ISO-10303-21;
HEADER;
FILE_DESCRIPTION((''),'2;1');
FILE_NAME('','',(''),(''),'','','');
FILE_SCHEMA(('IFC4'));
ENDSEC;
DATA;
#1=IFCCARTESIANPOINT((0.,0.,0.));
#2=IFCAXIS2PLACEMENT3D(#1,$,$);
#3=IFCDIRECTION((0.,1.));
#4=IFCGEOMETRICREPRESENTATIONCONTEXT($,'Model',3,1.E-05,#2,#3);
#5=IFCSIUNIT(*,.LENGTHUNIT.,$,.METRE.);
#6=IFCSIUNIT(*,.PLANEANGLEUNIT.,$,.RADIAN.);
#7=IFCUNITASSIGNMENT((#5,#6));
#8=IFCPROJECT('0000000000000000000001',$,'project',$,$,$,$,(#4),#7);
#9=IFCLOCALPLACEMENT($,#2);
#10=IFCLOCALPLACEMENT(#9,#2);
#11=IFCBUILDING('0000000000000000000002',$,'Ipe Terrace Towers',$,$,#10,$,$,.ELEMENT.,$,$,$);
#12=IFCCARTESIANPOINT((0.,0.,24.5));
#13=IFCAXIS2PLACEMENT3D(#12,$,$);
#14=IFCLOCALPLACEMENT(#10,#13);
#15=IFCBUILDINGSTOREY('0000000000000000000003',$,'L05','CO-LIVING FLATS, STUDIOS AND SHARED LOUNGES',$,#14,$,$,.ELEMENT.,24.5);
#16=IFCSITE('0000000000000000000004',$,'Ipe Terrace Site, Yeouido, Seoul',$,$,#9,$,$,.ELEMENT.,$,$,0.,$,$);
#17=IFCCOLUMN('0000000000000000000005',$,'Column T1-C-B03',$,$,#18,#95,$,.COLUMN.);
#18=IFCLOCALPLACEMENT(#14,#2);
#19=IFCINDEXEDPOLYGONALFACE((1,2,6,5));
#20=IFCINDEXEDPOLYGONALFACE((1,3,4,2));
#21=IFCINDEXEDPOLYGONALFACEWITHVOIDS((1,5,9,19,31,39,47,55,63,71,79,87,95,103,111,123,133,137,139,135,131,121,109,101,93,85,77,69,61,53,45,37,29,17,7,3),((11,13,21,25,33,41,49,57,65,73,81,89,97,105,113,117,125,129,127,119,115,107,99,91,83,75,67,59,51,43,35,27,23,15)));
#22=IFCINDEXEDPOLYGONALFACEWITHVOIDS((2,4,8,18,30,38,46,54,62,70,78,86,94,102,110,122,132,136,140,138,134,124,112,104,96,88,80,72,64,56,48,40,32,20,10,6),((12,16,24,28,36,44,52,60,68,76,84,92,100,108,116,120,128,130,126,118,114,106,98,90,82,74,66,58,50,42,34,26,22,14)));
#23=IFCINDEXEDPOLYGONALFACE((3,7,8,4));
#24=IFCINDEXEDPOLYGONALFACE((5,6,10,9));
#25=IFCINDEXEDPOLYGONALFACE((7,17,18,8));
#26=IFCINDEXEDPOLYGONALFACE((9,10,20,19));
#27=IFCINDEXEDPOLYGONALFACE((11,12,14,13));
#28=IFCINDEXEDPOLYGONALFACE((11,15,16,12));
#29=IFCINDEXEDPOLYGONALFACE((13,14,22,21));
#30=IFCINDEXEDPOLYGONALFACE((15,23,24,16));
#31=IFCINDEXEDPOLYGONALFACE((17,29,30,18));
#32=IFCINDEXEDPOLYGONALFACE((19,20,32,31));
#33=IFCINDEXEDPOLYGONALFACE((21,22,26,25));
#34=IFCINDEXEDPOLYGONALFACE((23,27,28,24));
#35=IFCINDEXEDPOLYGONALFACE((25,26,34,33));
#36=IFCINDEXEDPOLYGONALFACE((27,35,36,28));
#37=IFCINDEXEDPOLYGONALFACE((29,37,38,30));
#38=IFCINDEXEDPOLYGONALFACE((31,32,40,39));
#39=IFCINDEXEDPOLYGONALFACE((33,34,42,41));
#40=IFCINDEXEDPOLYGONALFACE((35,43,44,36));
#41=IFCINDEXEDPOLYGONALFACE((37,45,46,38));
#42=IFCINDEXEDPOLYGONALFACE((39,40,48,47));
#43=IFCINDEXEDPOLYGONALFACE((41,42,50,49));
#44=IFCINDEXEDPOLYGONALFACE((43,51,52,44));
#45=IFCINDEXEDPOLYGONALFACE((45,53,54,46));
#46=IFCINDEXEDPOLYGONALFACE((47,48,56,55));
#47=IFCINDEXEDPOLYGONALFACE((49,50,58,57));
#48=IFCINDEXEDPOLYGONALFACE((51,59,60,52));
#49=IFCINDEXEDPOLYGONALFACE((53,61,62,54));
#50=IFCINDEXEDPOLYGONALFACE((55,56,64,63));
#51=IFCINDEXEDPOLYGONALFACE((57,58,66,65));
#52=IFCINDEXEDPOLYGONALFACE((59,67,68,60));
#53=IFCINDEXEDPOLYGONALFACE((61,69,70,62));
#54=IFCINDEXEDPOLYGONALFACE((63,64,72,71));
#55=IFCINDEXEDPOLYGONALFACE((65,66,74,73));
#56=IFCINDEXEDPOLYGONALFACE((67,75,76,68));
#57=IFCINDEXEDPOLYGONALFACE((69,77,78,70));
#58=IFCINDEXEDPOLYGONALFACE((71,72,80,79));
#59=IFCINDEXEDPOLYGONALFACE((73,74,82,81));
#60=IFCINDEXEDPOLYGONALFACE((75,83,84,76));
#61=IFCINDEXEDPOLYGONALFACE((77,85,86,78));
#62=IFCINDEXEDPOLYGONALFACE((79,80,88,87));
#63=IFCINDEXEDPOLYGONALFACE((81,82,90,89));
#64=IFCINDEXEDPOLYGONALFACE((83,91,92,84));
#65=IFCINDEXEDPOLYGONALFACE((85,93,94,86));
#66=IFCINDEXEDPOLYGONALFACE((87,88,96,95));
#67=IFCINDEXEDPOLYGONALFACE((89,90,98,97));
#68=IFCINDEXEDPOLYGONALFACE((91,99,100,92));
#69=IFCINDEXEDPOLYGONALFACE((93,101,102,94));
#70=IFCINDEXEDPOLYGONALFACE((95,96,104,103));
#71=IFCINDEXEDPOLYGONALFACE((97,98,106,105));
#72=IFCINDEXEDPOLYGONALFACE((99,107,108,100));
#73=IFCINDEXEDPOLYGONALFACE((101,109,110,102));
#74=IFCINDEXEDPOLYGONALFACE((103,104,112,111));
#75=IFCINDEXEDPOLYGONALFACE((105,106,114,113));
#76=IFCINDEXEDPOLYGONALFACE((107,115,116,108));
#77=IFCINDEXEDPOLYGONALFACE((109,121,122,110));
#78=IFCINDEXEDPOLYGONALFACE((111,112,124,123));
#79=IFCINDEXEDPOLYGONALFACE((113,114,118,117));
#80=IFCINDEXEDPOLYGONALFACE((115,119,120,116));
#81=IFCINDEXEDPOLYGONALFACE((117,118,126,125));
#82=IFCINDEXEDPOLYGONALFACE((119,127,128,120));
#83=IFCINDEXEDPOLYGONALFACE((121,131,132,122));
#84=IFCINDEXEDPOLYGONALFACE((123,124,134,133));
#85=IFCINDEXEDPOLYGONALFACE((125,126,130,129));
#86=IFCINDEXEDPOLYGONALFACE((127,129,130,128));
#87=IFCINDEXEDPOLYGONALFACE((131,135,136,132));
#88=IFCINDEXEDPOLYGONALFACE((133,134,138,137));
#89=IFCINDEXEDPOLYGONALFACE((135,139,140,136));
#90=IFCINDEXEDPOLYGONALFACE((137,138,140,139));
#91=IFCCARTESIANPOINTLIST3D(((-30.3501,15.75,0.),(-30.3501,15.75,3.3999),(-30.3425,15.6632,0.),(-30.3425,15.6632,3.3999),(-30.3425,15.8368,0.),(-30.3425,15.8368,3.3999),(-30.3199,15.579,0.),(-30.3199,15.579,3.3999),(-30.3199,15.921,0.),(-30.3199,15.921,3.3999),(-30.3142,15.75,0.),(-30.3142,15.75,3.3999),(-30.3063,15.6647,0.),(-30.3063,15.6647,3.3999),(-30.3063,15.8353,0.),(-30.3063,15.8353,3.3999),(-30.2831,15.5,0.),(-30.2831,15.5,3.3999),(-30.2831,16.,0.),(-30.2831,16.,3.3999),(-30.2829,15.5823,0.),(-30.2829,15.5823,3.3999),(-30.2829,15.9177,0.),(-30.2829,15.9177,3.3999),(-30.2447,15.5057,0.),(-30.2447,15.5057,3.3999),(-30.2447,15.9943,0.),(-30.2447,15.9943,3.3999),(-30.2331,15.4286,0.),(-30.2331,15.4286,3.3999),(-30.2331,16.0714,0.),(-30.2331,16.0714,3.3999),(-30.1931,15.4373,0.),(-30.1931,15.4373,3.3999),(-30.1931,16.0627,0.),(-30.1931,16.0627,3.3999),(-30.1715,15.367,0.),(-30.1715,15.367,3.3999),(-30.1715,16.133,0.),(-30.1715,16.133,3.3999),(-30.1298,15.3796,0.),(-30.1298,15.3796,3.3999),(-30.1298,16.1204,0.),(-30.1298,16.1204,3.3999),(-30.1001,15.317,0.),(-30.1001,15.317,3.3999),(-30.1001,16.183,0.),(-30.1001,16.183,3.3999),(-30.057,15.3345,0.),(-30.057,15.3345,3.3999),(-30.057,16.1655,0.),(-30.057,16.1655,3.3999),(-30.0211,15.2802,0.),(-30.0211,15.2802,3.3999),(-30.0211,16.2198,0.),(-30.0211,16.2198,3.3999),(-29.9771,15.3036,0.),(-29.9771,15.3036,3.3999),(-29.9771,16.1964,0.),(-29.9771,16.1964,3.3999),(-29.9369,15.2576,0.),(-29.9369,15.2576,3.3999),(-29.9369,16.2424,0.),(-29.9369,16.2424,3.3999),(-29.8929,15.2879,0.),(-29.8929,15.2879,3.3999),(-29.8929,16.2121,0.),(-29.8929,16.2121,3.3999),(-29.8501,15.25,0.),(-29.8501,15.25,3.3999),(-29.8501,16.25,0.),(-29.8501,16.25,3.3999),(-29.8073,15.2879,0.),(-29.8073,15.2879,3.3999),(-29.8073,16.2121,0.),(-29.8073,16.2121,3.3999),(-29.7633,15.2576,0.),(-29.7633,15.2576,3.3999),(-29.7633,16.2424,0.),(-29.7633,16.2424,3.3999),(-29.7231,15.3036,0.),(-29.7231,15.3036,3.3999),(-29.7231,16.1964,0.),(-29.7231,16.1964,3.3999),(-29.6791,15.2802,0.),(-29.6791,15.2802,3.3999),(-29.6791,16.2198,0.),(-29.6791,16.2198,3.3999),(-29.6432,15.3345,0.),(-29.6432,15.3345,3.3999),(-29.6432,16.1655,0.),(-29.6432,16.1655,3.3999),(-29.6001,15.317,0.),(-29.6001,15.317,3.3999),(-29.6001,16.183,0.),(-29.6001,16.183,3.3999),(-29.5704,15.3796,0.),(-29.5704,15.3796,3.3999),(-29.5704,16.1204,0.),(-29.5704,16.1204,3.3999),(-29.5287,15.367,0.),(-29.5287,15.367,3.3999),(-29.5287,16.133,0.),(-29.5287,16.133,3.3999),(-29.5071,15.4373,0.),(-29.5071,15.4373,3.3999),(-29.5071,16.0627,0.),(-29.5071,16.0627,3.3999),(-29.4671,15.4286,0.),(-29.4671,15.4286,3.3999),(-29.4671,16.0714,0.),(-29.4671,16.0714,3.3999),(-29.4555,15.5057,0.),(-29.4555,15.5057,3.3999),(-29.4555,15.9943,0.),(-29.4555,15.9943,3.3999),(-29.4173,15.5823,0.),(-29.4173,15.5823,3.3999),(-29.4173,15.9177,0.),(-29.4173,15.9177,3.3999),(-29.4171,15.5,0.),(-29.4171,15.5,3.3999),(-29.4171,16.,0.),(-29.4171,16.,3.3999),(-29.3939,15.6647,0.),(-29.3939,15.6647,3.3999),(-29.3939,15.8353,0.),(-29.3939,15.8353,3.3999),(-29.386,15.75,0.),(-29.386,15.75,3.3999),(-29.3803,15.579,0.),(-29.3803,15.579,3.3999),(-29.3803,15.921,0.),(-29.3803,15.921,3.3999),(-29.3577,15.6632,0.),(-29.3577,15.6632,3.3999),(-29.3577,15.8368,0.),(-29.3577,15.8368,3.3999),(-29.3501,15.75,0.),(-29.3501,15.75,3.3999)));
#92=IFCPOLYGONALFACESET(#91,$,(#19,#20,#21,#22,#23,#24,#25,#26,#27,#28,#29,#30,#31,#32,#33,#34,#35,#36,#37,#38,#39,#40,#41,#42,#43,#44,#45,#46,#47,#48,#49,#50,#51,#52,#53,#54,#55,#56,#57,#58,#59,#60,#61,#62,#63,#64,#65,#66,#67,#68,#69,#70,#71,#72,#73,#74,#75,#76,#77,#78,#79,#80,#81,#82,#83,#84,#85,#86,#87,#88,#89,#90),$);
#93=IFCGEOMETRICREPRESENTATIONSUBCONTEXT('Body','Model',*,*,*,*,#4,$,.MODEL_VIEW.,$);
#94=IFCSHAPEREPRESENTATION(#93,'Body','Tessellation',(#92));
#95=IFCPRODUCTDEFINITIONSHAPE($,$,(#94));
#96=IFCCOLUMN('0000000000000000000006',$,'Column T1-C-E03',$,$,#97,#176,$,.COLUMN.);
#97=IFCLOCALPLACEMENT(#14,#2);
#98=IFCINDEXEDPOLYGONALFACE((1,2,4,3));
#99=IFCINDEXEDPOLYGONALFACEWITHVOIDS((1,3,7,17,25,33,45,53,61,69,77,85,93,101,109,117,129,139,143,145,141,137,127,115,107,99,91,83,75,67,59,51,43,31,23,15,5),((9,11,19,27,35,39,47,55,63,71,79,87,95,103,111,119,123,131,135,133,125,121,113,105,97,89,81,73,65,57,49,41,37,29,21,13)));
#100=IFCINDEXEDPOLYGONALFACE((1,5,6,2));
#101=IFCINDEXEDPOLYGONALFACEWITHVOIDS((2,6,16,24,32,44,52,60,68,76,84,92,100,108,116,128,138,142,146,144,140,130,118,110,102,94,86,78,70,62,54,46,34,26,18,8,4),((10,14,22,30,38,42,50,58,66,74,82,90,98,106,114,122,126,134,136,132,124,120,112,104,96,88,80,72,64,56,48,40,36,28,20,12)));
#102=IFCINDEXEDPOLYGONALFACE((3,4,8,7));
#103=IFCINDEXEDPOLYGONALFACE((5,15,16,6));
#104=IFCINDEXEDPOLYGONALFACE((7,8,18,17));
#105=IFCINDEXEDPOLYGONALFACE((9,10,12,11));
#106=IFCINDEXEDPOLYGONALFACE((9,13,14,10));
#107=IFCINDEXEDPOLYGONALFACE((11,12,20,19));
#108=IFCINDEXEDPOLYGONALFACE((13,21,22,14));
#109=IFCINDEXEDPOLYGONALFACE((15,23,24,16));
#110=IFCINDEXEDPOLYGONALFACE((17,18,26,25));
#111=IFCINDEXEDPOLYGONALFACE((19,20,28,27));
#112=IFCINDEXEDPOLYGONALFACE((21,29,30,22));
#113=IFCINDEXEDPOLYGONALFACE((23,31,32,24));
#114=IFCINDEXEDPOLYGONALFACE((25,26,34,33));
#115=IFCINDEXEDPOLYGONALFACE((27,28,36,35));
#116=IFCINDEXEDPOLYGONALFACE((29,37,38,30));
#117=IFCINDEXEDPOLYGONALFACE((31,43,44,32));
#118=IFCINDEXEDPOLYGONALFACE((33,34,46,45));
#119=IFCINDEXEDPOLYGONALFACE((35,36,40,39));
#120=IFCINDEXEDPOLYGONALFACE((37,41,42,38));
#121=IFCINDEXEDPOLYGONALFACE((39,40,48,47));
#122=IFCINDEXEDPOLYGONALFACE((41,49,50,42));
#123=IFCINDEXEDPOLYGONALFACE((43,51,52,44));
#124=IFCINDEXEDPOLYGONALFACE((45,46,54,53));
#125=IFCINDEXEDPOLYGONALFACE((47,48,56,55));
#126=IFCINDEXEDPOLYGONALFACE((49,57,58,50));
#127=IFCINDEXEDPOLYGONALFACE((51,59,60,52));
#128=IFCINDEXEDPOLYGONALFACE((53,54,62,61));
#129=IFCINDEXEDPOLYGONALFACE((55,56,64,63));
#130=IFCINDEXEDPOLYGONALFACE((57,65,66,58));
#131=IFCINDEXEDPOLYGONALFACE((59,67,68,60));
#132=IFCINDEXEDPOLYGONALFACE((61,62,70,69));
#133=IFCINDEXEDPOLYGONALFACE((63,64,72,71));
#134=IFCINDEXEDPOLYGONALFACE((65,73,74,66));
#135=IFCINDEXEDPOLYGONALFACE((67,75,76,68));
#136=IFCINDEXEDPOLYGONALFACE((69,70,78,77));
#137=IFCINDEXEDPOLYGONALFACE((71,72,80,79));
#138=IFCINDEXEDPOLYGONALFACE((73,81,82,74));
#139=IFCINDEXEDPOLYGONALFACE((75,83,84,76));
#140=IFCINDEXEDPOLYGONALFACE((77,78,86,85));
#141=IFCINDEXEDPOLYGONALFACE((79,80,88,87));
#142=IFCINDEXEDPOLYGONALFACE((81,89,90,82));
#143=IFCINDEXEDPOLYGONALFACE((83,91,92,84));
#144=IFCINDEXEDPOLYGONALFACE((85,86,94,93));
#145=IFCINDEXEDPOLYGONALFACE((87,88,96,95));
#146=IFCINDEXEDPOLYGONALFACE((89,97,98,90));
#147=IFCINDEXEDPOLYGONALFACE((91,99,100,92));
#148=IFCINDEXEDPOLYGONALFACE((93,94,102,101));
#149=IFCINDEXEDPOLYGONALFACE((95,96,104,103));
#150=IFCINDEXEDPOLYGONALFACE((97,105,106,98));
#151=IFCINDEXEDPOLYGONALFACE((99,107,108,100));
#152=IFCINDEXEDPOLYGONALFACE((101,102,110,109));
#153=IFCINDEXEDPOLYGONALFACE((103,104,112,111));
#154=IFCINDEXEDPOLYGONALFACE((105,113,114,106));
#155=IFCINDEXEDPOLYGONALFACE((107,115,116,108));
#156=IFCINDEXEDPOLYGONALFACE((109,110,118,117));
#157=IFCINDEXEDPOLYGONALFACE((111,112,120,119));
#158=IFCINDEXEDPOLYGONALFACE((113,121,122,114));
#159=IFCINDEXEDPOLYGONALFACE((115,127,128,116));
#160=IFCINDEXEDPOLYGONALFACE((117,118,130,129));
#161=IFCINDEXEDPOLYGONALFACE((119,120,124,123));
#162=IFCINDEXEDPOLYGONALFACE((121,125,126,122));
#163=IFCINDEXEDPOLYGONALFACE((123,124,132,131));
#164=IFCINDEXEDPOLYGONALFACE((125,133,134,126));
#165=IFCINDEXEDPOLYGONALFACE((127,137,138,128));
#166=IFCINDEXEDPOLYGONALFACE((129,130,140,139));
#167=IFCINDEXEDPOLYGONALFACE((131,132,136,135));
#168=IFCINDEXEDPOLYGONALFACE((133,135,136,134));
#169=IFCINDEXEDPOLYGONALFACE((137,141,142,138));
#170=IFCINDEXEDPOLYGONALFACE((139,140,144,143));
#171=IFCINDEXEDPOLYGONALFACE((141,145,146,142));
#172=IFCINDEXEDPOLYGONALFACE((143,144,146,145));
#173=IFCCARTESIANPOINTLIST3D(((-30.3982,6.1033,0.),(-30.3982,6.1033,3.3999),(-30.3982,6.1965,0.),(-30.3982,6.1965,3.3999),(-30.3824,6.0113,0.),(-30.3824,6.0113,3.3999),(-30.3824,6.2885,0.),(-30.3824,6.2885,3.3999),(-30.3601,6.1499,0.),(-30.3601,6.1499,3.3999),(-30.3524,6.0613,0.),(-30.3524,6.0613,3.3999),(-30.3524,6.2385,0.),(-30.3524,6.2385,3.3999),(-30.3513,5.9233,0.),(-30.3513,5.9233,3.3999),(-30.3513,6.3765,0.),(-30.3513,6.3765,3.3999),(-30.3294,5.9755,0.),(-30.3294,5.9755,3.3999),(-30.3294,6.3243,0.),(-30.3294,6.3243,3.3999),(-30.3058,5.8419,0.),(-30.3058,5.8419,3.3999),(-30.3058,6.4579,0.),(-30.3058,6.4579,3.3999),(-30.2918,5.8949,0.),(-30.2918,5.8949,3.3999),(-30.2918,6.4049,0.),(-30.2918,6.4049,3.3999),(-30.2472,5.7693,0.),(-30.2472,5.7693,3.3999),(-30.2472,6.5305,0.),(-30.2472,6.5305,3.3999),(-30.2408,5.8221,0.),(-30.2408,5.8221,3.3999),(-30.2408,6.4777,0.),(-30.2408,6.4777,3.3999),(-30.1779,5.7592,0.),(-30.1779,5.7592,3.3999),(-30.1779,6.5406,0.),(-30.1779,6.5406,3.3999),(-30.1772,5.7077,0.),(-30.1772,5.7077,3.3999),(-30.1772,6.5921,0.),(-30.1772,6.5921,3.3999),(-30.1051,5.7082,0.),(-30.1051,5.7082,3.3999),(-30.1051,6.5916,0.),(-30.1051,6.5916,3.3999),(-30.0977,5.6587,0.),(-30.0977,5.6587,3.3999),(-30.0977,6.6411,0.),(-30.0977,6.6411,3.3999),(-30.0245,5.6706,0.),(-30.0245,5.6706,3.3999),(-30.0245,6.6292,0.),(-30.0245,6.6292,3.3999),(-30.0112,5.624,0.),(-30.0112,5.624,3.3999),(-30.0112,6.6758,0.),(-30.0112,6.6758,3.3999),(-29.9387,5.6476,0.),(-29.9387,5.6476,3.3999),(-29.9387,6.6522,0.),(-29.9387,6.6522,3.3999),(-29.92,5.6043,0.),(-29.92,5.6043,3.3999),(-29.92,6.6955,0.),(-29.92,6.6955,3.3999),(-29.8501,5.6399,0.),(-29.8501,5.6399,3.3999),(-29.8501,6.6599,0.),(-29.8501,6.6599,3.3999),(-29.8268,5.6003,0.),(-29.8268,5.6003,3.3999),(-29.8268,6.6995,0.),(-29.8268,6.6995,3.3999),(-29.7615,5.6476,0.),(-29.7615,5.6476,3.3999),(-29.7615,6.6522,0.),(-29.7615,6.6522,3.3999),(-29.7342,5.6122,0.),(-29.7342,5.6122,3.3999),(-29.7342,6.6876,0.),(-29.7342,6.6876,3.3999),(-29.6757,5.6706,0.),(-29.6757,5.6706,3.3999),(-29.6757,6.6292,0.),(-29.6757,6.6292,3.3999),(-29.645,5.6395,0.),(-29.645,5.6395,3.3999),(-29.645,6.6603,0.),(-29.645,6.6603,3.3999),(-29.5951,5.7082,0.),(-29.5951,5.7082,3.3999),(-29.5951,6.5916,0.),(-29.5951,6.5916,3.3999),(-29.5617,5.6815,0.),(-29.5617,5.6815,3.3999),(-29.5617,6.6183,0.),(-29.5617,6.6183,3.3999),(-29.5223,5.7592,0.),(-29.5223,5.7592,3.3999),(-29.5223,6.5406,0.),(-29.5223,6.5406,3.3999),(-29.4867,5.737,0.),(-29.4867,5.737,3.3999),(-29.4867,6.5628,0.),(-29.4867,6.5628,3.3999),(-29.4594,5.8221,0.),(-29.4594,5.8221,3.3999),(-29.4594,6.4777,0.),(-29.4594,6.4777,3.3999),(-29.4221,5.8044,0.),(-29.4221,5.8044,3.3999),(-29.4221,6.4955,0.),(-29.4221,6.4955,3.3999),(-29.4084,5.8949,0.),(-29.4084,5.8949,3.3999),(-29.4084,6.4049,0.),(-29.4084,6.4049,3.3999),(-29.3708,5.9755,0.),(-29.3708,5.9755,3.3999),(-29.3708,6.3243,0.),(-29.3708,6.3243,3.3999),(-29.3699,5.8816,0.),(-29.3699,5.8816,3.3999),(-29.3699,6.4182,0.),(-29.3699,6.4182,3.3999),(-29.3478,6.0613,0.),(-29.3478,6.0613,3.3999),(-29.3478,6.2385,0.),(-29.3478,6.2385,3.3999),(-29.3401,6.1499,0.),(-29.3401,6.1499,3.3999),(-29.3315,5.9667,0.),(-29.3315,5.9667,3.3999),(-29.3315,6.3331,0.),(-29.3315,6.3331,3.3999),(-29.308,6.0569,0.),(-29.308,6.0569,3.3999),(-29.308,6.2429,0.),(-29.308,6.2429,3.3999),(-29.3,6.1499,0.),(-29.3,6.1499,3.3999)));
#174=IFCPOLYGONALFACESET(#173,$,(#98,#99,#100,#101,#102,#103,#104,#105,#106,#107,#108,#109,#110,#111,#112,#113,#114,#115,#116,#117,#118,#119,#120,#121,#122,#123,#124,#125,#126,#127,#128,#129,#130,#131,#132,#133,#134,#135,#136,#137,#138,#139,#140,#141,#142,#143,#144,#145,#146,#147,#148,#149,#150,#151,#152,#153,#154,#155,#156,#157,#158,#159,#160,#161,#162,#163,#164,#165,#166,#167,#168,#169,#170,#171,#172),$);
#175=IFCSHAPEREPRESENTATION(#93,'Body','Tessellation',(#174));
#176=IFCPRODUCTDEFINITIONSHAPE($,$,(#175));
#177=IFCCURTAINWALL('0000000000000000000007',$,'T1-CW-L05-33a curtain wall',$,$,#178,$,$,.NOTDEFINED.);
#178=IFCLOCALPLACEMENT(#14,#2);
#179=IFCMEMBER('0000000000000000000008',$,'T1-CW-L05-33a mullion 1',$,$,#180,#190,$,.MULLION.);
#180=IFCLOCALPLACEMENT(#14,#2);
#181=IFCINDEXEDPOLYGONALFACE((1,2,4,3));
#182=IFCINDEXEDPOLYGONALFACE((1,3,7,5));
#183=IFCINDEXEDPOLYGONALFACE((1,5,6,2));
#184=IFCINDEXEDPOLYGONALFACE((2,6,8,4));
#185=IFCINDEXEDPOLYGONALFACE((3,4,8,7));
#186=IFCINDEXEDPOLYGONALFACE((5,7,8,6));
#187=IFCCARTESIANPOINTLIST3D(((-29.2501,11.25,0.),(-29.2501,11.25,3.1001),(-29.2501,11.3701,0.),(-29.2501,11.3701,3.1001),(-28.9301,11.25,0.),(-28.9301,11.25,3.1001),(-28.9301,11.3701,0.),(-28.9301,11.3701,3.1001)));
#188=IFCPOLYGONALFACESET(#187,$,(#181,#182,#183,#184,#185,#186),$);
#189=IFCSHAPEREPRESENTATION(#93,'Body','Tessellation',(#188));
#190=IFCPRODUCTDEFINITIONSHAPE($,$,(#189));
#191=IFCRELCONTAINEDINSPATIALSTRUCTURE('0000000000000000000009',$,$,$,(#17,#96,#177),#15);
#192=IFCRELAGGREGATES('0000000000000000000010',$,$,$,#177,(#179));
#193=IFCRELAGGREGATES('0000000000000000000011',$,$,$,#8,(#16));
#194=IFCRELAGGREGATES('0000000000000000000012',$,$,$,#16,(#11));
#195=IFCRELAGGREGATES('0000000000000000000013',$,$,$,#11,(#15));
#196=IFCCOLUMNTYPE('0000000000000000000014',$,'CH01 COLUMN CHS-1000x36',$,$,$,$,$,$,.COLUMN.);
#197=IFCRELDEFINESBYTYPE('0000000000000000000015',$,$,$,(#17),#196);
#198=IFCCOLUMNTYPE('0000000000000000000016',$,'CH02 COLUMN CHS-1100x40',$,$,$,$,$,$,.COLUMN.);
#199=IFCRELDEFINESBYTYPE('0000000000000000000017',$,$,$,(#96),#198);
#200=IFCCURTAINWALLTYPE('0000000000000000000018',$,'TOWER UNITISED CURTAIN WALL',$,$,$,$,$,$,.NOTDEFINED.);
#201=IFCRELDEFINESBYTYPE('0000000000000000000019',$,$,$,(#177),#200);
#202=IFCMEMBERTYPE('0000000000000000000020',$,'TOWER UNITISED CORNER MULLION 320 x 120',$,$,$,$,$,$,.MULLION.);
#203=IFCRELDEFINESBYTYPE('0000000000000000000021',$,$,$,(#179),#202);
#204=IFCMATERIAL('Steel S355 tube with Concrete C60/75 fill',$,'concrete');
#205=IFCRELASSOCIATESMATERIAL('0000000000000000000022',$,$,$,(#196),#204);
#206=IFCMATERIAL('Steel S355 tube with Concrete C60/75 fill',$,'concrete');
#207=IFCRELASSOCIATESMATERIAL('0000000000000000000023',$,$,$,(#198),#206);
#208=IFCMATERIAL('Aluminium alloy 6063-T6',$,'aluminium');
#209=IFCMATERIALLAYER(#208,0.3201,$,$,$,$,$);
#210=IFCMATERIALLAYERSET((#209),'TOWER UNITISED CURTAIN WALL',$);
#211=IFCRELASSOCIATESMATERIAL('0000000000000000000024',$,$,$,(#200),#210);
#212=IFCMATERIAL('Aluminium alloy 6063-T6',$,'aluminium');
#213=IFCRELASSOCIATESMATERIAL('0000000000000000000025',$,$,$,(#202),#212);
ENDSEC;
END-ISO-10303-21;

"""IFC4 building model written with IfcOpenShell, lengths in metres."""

from ifc_helpers import new_model, si_unit, direction, frame, origin, origin_2d, place, context, subcontext, project, spatial, rectangle, hollow_circle, extrude, material, layer, layer_set, material_profile, profile_set, type_object, element, aggregate, save


model = new_model("IFC4")

# Units and contexts
model_context = context("Model", 3, precision=1e-05, world=origin(), true_north=direction((0.0, 1.0)))
body_context = subcontext(model_context, "Body", "Model", "MODEL_VIEW")
ifc_project = project(units=[si_unit("LENGTHUNIT", "METRE"), si_unit("PLANEANGLEUNIT", "RADIAN")], contexts=[model_context])

# Site, building, storey
site_placement = place(None, origin())
site = spatial("IfcSite", under=ifc_project, at=site_placement, Name="Ipe Terrace Site, Yeouido, Seoul", CompositionType="ELEMENT", RefElevation=0.0)
building_placement = place(site_placement, origin())
building = spatial("IfcBuilding", under=site, at=building_placement, Name="Ipe Terrace Towers", CompositionType="ELEMENT")
storey_placement = place(building_placement, frame((0.0, 0.0, 24.5)))
storey = spatial("IfcBuildingStorey", under=building, at=storey_placement, Name="L05", Description="CO-LIVING FLATS, STUDIOS AND SHARED LOUNGES", CompositionType="ELEMENT", Elevation=24.5)

# Columns
ifc_material_1 = material(Name="Steel S355 tube with Concrete C60/75 fill", Category="concrete")
ifc_material_profile_1 = material_profile(ifc_material_1, hollow_circle(Radius=0.5, WallThickness=0.0359, at=origin_2d()), Name="CHS-1000x36")
ifc_profile_set_1 = profile_set([ifc_material_profile_1], Name="Steel S355 tube with Concrete C60/75 fill")
column_type_1 = type_object("IfcColumnType", Name="CH01 COLUMN CHS-1000x36", PredefinedType="COLUMN", material=ifc_profile_set_1)
column_1_placement = place(storey_placement, frame((-29.8501, 15.75, 0.0), z_axis=(0.0, 0.0, 1.0), x_axis=(1.0, 0.0, 0.0)))
element("IfcColumn", 1, at=column_1_placement, inside=storey, type_object=column_type_1, Name="Column T1-C-B03", PredefinedType="COLUMN", context=body_context, shape_type="SweptSolid", body=[
    extrude(hollow_circle(Radius=0.5, WallThickness=0.0359, at=origin_2d()), origin(), (0.0, 0.0, 1.0), 3.3999),
])
ifc_material_2 = material(Name="Steel S355 tube with Concrete C60/75 fill", Category="concrete")
ifc_material_profile_2 = material_profile(ifc_material_2, hollow_circle(Radius=0.55, WallThickness=0.04, at=origin_2d()), Name="CHS-1100x40")
ifc_profile_set_2 = profile_set([ifc_material_profile_2], Name="Steel S355 tube with Concrete C60/75 fill")
column_type_2 = type_object("IfcColumnType", Name="CH02 COLUMN CHS-1100x40", PredefinedType="COLUMN", material=ifc_profile_set_2)
column_2_placement = place(storey_placement, frame((-29.8501, 6.1499, 0.0), z_axis=(0.0, 0.0, 1.0), x_axis=(1.0, 0.0, 0.0)))
element("IfcColumn", 2, at=column_2_placement, inside=storey, type_object=column_type_2, Name="Column T1-C-E03", PredefinedType="COLUMN", context=body_context, shape_type="SweptSolid", body=[
    extrude(hollow_circle(Radius=0.55, WallThickness=0.04, at=origin_2d()), origin(), (0.0, 0.0, 1.0), 3.3999),
])

# Curtain wall, member
ifc_material_3 = material(Name="Aluminium alloy 6063-T6", Category="aluminium")
ifc_layer_1 = layer(ifc_material_3, 0.3201)
ifc_layer_set_1 = layer_set([ifc_layer_1], Name="TOWER UNITISED CURTAIN WALL")
curtain_wall_type = type_object("IfcCurtainWallType", Name="TOWER UNITISED CURTAIN WALL", PredefinedType="NOTDEFINED", material=ifc_layer_set_1)
curtain_wall_placement = place(storey_placement, origin())
curtain_wall = element("IfcCurtainWall", 3, at=curtain_wall_placement, inside=storey, type_object=curtain_wall_type, Name="T1-CW-L05-33a curtain wall", PredefinedType="NOTDEFINED")
ifc_material_4 = material(Name="Aluminium alloy 6063-T6", Category="aluminium")
ifc_material_profile_3 = material_profile(ifc_material_4, rectangle(XDim=0.3201, YDim=0.1201, at=origin_2d()), Name="TOWER UNITISED CORNER MULLION 320 x 120")
ifc_profile_set_3 = profile_set([ifc_material_profile_3], Name="Aluminium alloy 6063-T6")
member_type = type_object("IfcMemberType", Name="TOWER UNITISED CORNER MULLION 320 x 120", PredefinedType="MULLION", material=ifc_profile_set_3)
member_placement = place(storey_placement, frame((-29.0901, 11.3101, 0.0), z_axis=(0.0, 0.0, 1.0), x_axis=(1.0, 0.0, 0.0)))
member = element("IfcMember", 4, at=member_placement, type_object=member_type, Name="T1-CW-L05-33a mullion 1", PredefinedType="MULLION", context=body_context, shape_type="SweptSolid", body=[
    extrude(rectangle(XDim=0.3201, YDim=0.1201, at=origin_2d()), origin(), (0.0, 0.0, 1.0), 3.1001),
])
aggregate(curtain_wall, [member])

save(model, "model.ifc")
